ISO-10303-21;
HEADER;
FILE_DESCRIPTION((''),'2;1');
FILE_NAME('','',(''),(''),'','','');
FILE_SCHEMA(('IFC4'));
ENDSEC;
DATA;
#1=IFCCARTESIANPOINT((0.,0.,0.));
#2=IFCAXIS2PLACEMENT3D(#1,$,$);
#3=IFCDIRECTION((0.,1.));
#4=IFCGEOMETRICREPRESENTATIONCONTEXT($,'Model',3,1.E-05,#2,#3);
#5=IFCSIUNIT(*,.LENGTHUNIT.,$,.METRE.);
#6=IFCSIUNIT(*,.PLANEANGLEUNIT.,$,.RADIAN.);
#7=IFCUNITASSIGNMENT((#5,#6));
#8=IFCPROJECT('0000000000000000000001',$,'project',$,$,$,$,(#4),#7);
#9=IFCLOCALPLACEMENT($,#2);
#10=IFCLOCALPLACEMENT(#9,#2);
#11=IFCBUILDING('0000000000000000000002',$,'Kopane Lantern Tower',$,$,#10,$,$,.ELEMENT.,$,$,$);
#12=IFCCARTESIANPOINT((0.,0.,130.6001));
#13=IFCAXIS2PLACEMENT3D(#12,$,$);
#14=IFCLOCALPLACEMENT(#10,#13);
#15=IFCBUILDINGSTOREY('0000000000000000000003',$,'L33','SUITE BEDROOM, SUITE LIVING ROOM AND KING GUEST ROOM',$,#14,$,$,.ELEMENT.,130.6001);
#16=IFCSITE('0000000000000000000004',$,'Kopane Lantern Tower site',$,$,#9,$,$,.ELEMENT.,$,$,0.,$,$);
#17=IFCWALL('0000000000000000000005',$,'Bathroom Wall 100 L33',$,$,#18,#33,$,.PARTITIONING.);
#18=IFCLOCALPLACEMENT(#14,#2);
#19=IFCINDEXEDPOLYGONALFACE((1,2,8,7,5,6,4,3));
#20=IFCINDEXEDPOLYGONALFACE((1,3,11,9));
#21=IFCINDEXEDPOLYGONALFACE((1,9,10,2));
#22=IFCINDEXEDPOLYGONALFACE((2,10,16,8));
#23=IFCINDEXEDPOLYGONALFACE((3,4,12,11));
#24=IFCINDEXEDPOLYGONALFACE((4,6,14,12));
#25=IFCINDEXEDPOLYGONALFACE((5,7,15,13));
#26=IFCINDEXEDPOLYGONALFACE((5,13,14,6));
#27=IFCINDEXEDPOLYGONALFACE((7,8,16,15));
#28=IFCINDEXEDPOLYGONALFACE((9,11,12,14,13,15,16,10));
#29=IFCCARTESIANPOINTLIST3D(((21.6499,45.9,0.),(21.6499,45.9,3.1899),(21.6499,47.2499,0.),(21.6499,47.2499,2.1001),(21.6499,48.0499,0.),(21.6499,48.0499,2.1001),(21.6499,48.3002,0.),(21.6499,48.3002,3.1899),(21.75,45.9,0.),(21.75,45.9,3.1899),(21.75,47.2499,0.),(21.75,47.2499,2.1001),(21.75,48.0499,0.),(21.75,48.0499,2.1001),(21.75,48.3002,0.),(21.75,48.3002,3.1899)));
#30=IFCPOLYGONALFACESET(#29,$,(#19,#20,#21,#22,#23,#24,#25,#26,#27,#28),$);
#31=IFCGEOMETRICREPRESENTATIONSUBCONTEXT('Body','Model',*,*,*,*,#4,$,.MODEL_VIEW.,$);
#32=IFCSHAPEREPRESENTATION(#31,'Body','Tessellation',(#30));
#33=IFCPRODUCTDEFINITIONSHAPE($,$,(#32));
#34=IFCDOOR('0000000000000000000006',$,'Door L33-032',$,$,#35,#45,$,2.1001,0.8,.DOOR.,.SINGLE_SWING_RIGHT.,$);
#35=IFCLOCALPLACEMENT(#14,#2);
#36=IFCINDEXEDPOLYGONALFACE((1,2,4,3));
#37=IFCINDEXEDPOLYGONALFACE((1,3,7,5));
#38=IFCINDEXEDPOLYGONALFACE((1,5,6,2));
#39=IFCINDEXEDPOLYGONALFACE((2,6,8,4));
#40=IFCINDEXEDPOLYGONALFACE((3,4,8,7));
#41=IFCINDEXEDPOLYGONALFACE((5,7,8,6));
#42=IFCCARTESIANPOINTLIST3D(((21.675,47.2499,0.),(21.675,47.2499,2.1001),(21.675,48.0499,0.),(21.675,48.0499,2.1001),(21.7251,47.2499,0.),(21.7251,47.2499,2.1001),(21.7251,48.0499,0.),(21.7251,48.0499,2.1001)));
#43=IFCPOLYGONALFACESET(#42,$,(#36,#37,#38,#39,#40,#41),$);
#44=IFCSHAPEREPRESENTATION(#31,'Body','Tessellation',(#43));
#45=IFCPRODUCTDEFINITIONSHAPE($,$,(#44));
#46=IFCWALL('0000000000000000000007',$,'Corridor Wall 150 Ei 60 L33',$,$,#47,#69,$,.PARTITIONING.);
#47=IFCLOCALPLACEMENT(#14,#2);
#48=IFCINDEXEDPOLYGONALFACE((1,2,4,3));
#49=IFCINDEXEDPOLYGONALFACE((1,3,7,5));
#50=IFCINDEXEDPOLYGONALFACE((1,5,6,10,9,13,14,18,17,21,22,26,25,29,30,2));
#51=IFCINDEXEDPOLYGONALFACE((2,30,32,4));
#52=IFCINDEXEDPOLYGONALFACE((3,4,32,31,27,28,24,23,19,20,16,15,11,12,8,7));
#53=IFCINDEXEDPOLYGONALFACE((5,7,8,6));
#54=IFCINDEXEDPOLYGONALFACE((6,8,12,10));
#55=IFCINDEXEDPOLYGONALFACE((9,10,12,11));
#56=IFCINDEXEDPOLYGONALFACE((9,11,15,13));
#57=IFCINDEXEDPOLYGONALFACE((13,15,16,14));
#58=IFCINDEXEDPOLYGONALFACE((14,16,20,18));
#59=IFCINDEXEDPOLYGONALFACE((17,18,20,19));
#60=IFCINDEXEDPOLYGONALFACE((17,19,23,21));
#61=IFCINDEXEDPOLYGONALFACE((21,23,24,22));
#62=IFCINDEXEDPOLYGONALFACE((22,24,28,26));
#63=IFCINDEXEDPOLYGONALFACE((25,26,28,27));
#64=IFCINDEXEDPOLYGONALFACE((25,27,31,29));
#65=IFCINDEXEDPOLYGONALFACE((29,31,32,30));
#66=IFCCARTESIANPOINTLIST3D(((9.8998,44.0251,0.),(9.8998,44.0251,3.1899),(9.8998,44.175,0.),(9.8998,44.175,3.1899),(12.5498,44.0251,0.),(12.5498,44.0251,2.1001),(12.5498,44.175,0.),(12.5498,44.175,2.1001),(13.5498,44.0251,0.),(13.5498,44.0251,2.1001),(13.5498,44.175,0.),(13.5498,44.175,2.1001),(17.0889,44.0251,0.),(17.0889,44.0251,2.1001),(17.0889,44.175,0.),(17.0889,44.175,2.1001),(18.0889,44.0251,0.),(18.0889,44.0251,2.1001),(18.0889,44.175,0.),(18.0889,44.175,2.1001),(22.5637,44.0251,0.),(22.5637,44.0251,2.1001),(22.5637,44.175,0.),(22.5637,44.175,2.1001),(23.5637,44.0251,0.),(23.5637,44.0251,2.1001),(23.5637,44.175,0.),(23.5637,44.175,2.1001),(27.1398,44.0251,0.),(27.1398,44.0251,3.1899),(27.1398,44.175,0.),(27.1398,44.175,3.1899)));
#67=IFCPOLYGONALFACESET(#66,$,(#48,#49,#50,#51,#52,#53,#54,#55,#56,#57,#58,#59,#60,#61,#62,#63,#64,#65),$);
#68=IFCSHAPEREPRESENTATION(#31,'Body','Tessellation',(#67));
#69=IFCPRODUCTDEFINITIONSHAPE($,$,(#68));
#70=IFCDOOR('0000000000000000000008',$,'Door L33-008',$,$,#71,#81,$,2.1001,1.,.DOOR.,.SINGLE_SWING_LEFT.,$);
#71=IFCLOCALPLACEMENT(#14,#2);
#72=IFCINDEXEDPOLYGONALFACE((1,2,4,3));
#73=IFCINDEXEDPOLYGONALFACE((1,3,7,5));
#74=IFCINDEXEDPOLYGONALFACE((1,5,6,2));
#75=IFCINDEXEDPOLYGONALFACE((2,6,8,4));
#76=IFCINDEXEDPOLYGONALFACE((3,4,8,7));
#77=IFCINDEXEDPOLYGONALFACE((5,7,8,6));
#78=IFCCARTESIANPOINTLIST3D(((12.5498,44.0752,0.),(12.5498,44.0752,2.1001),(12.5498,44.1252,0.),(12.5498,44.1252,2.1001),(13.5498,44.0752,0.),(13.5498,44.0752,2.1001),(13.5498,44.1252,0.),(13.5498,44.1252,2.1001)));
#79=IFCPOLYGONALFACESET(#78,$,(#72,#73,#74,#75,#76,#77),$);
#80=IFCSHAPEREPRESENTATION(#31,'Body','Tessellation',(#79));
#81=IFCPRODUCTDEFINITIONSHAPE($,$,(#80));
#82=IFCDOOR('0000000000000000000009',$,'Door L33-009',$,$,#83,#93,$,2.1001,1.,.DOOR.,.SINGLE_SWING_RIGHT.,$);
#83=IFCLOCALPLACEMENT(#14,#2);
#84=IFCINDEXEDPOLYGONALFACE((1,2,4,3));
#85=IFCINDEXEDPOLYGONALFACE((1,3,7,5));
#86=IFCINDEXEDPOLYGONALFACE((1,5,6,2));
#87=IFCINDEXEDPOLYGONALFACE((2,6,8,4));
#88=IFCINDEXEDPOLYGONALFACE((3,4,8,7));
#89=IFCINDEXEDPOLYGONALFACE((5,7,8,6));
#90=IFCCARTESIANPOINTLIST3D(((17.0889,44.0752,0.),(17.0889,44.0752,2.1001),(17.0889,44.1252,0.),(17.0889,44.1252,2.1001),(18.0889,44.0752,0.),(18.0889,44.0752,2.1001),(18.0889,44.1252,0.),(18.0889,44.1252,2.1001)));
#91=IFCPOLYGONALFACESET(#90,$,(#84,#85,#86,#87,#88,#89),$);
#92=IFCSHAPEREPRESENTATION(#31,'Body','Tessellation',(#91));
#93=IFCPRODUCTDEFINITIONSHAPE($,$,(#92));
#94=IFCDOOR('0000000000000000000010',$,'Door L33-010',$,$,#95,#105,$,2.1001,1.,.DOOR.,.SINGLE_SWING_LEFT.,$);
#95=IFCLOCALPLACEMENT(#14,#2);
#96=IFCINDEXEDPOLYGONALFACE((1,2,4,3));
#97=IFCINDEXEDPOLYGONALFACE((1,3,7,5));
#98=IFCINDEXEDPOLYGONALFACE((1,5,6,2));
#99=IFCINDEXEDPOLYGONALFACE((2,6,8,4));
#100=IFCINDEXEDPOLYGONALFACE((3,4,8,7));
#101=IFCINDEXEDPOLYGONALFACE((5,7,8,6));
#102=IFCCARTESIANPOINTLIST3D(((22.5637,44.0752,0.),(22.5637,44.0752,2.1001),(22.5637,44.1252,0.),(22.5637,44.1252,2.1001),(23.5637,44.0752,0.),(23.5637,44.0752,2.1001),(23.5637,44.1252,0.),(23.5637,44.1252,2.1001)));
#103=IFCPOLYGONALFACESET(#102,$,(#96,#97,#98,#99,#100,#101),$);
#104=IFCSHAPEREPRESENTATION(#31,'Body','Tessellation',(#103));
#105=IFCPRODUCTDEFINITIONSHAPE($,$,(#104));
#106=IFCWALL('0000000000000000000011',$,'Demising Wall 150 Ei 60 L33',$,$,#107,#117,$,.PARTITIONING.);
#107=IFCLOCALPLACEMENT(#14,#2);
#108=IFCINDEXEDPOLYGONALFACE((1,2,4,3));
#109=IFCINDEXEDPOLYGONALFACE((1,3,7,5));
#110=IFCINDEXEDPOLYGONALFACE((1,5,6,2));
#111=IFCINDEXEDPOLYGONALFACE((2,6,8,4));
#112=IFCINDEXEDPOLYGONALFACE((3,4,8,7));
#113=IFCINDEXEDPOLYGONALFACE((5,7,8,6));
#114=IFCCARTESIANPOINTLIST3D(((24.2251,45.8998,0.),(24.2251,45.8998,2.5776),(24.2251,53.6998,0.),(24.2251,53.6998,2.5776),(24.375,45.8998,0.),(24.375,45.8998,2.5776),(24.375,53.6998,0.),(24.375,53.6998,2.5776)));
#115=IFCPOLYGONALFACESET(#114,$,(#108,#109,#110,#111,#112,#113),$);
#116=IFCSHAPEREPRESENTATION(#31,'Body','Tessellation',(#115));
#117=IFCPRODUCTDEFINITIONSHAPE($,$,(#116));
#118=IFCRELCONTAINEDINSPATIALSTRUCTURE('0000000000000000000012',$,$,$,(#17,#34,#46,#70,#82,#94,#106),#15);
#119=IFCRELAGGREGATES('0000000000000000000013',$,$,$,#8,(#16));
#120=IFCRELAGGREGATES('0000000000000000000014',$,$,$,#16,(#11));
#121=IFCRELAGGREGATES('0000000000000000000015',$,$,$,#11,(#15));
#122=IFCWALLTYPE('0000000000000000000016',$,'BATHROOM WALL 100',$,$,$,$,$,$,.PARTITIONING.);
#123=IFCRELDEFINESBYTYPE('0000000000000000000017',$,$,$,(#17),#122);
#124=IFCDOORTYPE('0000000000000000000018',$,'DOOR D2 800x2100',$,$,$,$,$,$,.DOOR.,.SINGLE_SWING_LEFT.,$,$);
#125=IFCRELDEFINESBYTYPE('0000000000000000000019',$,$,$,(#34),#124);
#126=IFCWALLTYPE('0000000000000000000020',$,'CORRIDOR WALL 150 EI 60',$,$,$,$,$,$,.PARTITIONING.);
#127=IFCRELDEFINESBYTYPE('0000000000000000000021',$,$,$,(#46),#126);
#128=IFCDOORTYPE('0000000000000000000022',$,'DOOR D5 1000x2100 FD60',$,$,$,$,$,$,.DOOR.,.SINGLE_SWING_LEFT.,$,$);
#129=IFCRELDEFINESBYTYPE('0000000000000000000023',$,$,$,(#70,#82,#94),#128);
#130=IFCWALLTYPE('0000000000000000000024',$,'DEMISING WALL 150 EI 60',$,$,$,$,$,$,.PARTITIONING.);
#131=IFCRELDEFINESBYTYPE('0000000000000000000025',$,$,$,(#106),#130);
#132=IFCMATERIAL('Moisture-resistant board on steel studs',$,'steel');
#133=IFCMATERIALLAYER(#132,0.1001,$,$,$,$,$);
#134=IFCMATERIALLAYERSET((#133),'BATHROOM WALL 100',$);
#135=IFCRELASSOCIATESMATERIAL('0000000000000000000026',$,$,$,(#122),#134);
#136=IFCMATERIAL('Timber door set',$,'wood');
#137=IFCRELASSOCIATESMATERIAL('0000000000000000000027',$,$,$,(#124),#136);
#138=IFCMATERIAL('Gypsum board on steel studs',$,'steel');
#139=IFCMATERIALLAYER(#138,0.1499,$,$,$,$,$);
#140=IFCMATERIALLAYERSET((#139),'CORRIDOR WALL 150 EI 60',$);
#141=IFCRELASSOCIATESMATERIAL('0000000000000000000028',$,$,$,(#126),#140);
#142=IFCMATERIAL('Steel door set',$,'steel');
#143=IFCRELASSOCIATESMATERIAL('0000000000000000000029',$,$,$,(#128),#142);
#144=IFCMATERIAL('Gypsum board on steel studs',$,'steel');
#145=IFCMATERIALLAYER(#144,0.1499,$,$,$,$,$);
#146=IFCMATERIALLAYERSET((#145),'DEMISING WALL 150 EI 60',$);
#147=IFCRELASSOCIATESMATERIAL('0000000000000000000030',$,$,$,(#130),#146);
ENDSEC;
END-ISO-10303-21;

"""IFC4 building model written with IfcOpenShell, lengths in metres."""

from ifc_helpers import new_model, si_unit, direction, frame, frame_2d, origin, place, context, subcontext, project, spatial, rectangle, extrude, material, layer, layer_set, type_object, element, fill, save


model = new_model("IFC4")

# Units and contexts
model_context = context("Model", 3, precision=1e-05, world=origin(), true_north=direction((0.0, 1.0)))
body_context = subcontext(model_context, "Body", "Model", "MODEL_VIEW")
ifc_project = project(units=[si_unit("LENGTHUNIT", "METRE"), si_unit("PLANEANGLEUNIT", "RADIAN")], contexts=[model_context])

# Site, building, storey
site_placement = place(None, origin())
site = spatial("IfcSite", under=ifc_project, at=site_placement, Name="Kopane Lantern Tower site", CompositionType="ELEMENT", RefElevation=0.0)
building_placement = place(site_placement, origin())
building = spatial("IfcBuilding", under=site, at=building_placement, Name="Kopane Lantern Tower", CompositionType="ELEMENT")
storey_placement = place(building_placement, frame((0.0, 0.0, 130.6001)))
storey = spatial("IfcBuildingStorey", under=building, at=storey_placement, Name="L33", Description="SUITE BEDROOM, SUITE LIVING ROOM AND KING GUEST ROOM", CompositionType="ELEMENT", Elevation=130.6001)

# Shared definitions
ifc_material_1 = material(Name="Moisture-resistant board on steel studs", Category="steel")
ifc_layer_1 = layer(ifc_material_1, 0.1001)
ifc_layer_set_1 = layer_set([ifc_layer_1], Name="BATHROOM WALL 100")
wall_type_1 = type_object("IfcWallType", Name="BATHROOM WALL 100", PredefinedType="PARTITIONING", material=ifc_layer_set_1)
ifc_material_2 = material(Name="Timber door set", Category="wood")
door_type_1 = type_object("IfcDoorType", Name="DOOR D2 800x2100", OperationType="SINGLE_SWING_LEFT", PredefinedType="DOOR", material=ifc_material_2)

# Wall, opening, door
wall_1_placement = place(storey_placement, frame((21.7, 45.8999, 0.0), z_axis=(0.0, 0.0, 1.0), x_axis=(0.0, 1.0, 0.0)))
wall_1 = element("IfcWall", 1, at=wall_1_placement, inside=storey, type_object=wall_type_1, Name="Bathroom Wall 100 L33", PredefinedType="PARTITIONING", context=body_context, shape_type="SweptSolid", body=[
    extrude(rectangle(XDim=2.4001, YDim=0.1001, at=frame_2d((1.2002, 0.0))), origin(), (0.0, 0.0, 1.0), 3.1899),
])
opening_1_placement = place(wall_1_placement, frame((1.3501, 0.0, 0.0)))
opening_1 = element("IfcOpeningElement", 2, at=opening_1_placement, cuts=wall_1, PredefinedType="OPENING", context=body_context, shape_type="SweptSolid", body=[
    extrude(rectangle(XDim=0.8, YDim=2.1001, at=frame_2d((0.3999, 1.05))), frame((0.0, 0.0601, 0.0), z_axis=(0.0, -1.0, 0.0), x_axis=(1.0, 0.0, 0.0)), (0.0, 0.0, 1.0), 0.1201),
])
door_1_placement = place(opening_1_placement, origin())
door_1 = element("IfcDoor", 3, at=door_1_placement, inside=storey, type_object=door_type_1, Name="Door L33-032", OperationType="SINGLE_SWING_RIGHT", OverallHeight=2.1001, OverallWidth=0.8, PredefinedType="DOOR", context=body_context, shape_type="SweptSolid", body=[
    extrude(rectangle(XDim=0.8, YDim=2.1001, at=frame_2d((0.3999, 1.05))), frame((0.0, 0.0249, 0.0), z_axis=(0.0, -1.0, 0.0), x_axis=(1.0, 0.0, 0.0)), (0.0, 0.0, 1.0), 0.05),
])
fill(opening_1, door_1)

# Wall, openings, doors
ifc_material_3 = material(Name="Gypsum board on steel studs", Category="steel")
ifc_layer_2 = layer(ifc_material_3, 0.1499)
ifc_layer_set_2 = layer_set([ifc_layer_2], Name="CORRIDOR WALL 150 EI 60")
wall_type_2 = type_object("IfcWallType", Name="CORRIDOR WALL 150 EI 60", PredefinedType="PARTITIONING", material=ifc_layer_set_2)
wall_2_placement = place(storey_placement, frame((27.1399, 44.1001, 0.0), z_axis=(0.0, 0.0, 1.0), x_axis=(-1.0, 0.0, 0.0)))
wall_2 = element("IfcWall", 4, at=wall_2_placement, inside=storey, type_object=wall_type_2, Name="Corridor Wall 150 Ei 60 L33", PredefinedType="PARTITIONING", context=body_context, shape_type="SweptSolid", body=[
    extrude(rectangle(XDim=17.24, YDim=0.1499, at=frame_2d((8.6201, 0.0))), origin(), (0.0, 0.0, 1.0), 3.1899),
])
opening_2_placement = place(wall_2_placement, frame((13.5901, 0.0, 0.0)))
opening_2 = element("IfcOpeningElement", 5, at=opening_2_placement, cuts=wall_2, PredefinedType="OPENING", context=body_context, shape_type="SweptSolid", body=[
    extrude(rectangle(XDim=1.0, YDim=2.1001, at=frame_2d((0.5, 1.05))), frame((0.0, 0.085, 0.0), z_axis=(0.0, -1.0, 0.0), x_axis=(1.0, 0.0, 0.0)), (0.0, 0.0, 1.0), 0.1699),
])
opening_3_placement = place(wall_2_placement, frame((9.051, 0.0, 0.0)))
opening_3 = element("IfcOpeningElement", 6, at=opening_3_placement, cuts=wall_2, PredefinedType="OPENING", context=body_context, shape_type="SweptSolid", body=[
    extrude(rectangle(XDim=1.0, YDim=2.1001, at=frame_2d((0.5, 1.05))), frame((0.0, 0.085, 0.0), z_axis=(0.0, -1.0, 0.0), x_axis=(1.0, 0.0, 0.0)), (0.0, 0.0, 1.0), 0.1699),
])
opening_4_placement = place(wall_2_placement, frame((3.5762, 0.0, 0.0)))
opening_4 = element("IfcOpeningElement", 7, at=opening_4_placement, cuts=wall_2, PredefinedType="OPENING", context=body_context, shape_type="SweptSolid", body=[
    extrude(rectangle(XDim=1.0, YDim=2.1001, at=frame_2d((0.5, 1.05))), frame((0.0, 0.085, 0.0), z_axis=(0.0, -1.0, 0.0), x_axis=(1.0, 0.0, 0.0)), (0.0, 0.0, 1.0), 0.1699),
])
ifc_material_4 = material(Name="Steel door set", Category="steel")
door_type_2 = type_object("IfcDoorType", Name="DOOR D5 1000x2100 FD60", OperationType="SINGLE_SWING_LEFT", PredefinedType="DOOR", material=ifc_material_4)
door_2_placement = place(opening_2_placement, origin())
door_2 = element("IfcDoor", 8, at=door_2_placement, inside=storey, type_object=door_type_2, Name="Door L33-008", OperationType="SINGLE_SWING_LEFT", OverallHeight=2.1001, OverallWidth=1.0, PredefinedType="DOOR", context=body_context, shape_type="SweptSolid", body=[
    extrude(rectangle(XDim=1.0, YDim=2.1001, at=frame_2d((0.5, 1.05))), frame((0.0, 0.0249, 0.0), z_axis=(0.0, -1.0, 0.0), x_axis=(1.0, 0.0, 0.0)), (0.0, 0.0, 1.0), 0.05),
])
fill(opening_2, door_2)
door_3_placement = place(opening_3_placement, origin())
door_3 = element("IfcDoor", 9, at=door_3_placement, inside=storey, type_object=door_type_2, Name="Door L33-009", OperationType="SINGLE_SWING_RIGHT", OverallHeight=2.1001, OverallWidth=1.0, PredefinedType="DOOR", context=body_context, shape_type="SweptSolid", body=[
    extrude(rectangle(XDim=1.0, YDim=2.1001, at=frame_2d((0.5, 1.05))), frame((0.0, 0.0249, 0.0), z_axis=(0.0, -1.0, 0.0), x_axis=(1.0, 0.0, 0.0)), (0.0, 0.0, 1.0), 0.05),
])
fill(opening_3, door_3)
door_4_placement = place(opening_4_placement, origin())
door_4 = element("IfcDoor", 10, at=door_4_placement, inside=storey, type_object=door_type_2, Name="Door L33-010", OperationType="SINGLE_SWING_LEFT", OverallHeight=2.1001, OverallWidth=1.0, PredefinedType="DOOR", context=body_context, shape_type="SweptSolid", body=[
    extrude(rectangle(XDim=1.0, YDim=2.1001, at=frame_2d((0.5, 1.05))), frame((0.0, 0.0249, 0.0), z_axis=(0.0, -1.0, 0.0), x_axis=(1.0, 0.0, 0.0)), (0.0, 0.0, 1.0), 0.05),
])
fill(opening_4, door_4)

# Wall
ifc_material_5 = material(Name="Gypsum board on steel studs", Category="steel")
ifc_layer_3 = layer(ifc_material_5, 0.1499)
ifc_layer_set_3 = layer_set([ifc_layer_3], Name="DEMISING WALL 150 EI 60")
wall_type_3 = type_object("IfcWallType", Name="DEMISING WALL 150 EI 60", PredefinedType="PARTITIONING", material=ifc_layer_set_3)
wall_3_placement = place(storey_placement, frame((24.3, 45.8999, 0.0), z_axis=(0.0, 0.0, 1.0), x_axis=(0.0, 1.0, 0.0)))
element("IfcWall", 11, at=wall_3_placement, inside=storey, type_object=wall_type_3, Name="Demising Wall 150 Ei 60 L33", PredefinedType="PARTITIONING", context=body_context, shape_type="SweptSolid", body=[
    extrude(rectangle(XDim=7.8, YDim=0.1499, at=frame_2d((3.8999, 0.0))), origin(), (0.0, 0.0, 1.0), 2.5776),
])

save(model, "model.ifc")
